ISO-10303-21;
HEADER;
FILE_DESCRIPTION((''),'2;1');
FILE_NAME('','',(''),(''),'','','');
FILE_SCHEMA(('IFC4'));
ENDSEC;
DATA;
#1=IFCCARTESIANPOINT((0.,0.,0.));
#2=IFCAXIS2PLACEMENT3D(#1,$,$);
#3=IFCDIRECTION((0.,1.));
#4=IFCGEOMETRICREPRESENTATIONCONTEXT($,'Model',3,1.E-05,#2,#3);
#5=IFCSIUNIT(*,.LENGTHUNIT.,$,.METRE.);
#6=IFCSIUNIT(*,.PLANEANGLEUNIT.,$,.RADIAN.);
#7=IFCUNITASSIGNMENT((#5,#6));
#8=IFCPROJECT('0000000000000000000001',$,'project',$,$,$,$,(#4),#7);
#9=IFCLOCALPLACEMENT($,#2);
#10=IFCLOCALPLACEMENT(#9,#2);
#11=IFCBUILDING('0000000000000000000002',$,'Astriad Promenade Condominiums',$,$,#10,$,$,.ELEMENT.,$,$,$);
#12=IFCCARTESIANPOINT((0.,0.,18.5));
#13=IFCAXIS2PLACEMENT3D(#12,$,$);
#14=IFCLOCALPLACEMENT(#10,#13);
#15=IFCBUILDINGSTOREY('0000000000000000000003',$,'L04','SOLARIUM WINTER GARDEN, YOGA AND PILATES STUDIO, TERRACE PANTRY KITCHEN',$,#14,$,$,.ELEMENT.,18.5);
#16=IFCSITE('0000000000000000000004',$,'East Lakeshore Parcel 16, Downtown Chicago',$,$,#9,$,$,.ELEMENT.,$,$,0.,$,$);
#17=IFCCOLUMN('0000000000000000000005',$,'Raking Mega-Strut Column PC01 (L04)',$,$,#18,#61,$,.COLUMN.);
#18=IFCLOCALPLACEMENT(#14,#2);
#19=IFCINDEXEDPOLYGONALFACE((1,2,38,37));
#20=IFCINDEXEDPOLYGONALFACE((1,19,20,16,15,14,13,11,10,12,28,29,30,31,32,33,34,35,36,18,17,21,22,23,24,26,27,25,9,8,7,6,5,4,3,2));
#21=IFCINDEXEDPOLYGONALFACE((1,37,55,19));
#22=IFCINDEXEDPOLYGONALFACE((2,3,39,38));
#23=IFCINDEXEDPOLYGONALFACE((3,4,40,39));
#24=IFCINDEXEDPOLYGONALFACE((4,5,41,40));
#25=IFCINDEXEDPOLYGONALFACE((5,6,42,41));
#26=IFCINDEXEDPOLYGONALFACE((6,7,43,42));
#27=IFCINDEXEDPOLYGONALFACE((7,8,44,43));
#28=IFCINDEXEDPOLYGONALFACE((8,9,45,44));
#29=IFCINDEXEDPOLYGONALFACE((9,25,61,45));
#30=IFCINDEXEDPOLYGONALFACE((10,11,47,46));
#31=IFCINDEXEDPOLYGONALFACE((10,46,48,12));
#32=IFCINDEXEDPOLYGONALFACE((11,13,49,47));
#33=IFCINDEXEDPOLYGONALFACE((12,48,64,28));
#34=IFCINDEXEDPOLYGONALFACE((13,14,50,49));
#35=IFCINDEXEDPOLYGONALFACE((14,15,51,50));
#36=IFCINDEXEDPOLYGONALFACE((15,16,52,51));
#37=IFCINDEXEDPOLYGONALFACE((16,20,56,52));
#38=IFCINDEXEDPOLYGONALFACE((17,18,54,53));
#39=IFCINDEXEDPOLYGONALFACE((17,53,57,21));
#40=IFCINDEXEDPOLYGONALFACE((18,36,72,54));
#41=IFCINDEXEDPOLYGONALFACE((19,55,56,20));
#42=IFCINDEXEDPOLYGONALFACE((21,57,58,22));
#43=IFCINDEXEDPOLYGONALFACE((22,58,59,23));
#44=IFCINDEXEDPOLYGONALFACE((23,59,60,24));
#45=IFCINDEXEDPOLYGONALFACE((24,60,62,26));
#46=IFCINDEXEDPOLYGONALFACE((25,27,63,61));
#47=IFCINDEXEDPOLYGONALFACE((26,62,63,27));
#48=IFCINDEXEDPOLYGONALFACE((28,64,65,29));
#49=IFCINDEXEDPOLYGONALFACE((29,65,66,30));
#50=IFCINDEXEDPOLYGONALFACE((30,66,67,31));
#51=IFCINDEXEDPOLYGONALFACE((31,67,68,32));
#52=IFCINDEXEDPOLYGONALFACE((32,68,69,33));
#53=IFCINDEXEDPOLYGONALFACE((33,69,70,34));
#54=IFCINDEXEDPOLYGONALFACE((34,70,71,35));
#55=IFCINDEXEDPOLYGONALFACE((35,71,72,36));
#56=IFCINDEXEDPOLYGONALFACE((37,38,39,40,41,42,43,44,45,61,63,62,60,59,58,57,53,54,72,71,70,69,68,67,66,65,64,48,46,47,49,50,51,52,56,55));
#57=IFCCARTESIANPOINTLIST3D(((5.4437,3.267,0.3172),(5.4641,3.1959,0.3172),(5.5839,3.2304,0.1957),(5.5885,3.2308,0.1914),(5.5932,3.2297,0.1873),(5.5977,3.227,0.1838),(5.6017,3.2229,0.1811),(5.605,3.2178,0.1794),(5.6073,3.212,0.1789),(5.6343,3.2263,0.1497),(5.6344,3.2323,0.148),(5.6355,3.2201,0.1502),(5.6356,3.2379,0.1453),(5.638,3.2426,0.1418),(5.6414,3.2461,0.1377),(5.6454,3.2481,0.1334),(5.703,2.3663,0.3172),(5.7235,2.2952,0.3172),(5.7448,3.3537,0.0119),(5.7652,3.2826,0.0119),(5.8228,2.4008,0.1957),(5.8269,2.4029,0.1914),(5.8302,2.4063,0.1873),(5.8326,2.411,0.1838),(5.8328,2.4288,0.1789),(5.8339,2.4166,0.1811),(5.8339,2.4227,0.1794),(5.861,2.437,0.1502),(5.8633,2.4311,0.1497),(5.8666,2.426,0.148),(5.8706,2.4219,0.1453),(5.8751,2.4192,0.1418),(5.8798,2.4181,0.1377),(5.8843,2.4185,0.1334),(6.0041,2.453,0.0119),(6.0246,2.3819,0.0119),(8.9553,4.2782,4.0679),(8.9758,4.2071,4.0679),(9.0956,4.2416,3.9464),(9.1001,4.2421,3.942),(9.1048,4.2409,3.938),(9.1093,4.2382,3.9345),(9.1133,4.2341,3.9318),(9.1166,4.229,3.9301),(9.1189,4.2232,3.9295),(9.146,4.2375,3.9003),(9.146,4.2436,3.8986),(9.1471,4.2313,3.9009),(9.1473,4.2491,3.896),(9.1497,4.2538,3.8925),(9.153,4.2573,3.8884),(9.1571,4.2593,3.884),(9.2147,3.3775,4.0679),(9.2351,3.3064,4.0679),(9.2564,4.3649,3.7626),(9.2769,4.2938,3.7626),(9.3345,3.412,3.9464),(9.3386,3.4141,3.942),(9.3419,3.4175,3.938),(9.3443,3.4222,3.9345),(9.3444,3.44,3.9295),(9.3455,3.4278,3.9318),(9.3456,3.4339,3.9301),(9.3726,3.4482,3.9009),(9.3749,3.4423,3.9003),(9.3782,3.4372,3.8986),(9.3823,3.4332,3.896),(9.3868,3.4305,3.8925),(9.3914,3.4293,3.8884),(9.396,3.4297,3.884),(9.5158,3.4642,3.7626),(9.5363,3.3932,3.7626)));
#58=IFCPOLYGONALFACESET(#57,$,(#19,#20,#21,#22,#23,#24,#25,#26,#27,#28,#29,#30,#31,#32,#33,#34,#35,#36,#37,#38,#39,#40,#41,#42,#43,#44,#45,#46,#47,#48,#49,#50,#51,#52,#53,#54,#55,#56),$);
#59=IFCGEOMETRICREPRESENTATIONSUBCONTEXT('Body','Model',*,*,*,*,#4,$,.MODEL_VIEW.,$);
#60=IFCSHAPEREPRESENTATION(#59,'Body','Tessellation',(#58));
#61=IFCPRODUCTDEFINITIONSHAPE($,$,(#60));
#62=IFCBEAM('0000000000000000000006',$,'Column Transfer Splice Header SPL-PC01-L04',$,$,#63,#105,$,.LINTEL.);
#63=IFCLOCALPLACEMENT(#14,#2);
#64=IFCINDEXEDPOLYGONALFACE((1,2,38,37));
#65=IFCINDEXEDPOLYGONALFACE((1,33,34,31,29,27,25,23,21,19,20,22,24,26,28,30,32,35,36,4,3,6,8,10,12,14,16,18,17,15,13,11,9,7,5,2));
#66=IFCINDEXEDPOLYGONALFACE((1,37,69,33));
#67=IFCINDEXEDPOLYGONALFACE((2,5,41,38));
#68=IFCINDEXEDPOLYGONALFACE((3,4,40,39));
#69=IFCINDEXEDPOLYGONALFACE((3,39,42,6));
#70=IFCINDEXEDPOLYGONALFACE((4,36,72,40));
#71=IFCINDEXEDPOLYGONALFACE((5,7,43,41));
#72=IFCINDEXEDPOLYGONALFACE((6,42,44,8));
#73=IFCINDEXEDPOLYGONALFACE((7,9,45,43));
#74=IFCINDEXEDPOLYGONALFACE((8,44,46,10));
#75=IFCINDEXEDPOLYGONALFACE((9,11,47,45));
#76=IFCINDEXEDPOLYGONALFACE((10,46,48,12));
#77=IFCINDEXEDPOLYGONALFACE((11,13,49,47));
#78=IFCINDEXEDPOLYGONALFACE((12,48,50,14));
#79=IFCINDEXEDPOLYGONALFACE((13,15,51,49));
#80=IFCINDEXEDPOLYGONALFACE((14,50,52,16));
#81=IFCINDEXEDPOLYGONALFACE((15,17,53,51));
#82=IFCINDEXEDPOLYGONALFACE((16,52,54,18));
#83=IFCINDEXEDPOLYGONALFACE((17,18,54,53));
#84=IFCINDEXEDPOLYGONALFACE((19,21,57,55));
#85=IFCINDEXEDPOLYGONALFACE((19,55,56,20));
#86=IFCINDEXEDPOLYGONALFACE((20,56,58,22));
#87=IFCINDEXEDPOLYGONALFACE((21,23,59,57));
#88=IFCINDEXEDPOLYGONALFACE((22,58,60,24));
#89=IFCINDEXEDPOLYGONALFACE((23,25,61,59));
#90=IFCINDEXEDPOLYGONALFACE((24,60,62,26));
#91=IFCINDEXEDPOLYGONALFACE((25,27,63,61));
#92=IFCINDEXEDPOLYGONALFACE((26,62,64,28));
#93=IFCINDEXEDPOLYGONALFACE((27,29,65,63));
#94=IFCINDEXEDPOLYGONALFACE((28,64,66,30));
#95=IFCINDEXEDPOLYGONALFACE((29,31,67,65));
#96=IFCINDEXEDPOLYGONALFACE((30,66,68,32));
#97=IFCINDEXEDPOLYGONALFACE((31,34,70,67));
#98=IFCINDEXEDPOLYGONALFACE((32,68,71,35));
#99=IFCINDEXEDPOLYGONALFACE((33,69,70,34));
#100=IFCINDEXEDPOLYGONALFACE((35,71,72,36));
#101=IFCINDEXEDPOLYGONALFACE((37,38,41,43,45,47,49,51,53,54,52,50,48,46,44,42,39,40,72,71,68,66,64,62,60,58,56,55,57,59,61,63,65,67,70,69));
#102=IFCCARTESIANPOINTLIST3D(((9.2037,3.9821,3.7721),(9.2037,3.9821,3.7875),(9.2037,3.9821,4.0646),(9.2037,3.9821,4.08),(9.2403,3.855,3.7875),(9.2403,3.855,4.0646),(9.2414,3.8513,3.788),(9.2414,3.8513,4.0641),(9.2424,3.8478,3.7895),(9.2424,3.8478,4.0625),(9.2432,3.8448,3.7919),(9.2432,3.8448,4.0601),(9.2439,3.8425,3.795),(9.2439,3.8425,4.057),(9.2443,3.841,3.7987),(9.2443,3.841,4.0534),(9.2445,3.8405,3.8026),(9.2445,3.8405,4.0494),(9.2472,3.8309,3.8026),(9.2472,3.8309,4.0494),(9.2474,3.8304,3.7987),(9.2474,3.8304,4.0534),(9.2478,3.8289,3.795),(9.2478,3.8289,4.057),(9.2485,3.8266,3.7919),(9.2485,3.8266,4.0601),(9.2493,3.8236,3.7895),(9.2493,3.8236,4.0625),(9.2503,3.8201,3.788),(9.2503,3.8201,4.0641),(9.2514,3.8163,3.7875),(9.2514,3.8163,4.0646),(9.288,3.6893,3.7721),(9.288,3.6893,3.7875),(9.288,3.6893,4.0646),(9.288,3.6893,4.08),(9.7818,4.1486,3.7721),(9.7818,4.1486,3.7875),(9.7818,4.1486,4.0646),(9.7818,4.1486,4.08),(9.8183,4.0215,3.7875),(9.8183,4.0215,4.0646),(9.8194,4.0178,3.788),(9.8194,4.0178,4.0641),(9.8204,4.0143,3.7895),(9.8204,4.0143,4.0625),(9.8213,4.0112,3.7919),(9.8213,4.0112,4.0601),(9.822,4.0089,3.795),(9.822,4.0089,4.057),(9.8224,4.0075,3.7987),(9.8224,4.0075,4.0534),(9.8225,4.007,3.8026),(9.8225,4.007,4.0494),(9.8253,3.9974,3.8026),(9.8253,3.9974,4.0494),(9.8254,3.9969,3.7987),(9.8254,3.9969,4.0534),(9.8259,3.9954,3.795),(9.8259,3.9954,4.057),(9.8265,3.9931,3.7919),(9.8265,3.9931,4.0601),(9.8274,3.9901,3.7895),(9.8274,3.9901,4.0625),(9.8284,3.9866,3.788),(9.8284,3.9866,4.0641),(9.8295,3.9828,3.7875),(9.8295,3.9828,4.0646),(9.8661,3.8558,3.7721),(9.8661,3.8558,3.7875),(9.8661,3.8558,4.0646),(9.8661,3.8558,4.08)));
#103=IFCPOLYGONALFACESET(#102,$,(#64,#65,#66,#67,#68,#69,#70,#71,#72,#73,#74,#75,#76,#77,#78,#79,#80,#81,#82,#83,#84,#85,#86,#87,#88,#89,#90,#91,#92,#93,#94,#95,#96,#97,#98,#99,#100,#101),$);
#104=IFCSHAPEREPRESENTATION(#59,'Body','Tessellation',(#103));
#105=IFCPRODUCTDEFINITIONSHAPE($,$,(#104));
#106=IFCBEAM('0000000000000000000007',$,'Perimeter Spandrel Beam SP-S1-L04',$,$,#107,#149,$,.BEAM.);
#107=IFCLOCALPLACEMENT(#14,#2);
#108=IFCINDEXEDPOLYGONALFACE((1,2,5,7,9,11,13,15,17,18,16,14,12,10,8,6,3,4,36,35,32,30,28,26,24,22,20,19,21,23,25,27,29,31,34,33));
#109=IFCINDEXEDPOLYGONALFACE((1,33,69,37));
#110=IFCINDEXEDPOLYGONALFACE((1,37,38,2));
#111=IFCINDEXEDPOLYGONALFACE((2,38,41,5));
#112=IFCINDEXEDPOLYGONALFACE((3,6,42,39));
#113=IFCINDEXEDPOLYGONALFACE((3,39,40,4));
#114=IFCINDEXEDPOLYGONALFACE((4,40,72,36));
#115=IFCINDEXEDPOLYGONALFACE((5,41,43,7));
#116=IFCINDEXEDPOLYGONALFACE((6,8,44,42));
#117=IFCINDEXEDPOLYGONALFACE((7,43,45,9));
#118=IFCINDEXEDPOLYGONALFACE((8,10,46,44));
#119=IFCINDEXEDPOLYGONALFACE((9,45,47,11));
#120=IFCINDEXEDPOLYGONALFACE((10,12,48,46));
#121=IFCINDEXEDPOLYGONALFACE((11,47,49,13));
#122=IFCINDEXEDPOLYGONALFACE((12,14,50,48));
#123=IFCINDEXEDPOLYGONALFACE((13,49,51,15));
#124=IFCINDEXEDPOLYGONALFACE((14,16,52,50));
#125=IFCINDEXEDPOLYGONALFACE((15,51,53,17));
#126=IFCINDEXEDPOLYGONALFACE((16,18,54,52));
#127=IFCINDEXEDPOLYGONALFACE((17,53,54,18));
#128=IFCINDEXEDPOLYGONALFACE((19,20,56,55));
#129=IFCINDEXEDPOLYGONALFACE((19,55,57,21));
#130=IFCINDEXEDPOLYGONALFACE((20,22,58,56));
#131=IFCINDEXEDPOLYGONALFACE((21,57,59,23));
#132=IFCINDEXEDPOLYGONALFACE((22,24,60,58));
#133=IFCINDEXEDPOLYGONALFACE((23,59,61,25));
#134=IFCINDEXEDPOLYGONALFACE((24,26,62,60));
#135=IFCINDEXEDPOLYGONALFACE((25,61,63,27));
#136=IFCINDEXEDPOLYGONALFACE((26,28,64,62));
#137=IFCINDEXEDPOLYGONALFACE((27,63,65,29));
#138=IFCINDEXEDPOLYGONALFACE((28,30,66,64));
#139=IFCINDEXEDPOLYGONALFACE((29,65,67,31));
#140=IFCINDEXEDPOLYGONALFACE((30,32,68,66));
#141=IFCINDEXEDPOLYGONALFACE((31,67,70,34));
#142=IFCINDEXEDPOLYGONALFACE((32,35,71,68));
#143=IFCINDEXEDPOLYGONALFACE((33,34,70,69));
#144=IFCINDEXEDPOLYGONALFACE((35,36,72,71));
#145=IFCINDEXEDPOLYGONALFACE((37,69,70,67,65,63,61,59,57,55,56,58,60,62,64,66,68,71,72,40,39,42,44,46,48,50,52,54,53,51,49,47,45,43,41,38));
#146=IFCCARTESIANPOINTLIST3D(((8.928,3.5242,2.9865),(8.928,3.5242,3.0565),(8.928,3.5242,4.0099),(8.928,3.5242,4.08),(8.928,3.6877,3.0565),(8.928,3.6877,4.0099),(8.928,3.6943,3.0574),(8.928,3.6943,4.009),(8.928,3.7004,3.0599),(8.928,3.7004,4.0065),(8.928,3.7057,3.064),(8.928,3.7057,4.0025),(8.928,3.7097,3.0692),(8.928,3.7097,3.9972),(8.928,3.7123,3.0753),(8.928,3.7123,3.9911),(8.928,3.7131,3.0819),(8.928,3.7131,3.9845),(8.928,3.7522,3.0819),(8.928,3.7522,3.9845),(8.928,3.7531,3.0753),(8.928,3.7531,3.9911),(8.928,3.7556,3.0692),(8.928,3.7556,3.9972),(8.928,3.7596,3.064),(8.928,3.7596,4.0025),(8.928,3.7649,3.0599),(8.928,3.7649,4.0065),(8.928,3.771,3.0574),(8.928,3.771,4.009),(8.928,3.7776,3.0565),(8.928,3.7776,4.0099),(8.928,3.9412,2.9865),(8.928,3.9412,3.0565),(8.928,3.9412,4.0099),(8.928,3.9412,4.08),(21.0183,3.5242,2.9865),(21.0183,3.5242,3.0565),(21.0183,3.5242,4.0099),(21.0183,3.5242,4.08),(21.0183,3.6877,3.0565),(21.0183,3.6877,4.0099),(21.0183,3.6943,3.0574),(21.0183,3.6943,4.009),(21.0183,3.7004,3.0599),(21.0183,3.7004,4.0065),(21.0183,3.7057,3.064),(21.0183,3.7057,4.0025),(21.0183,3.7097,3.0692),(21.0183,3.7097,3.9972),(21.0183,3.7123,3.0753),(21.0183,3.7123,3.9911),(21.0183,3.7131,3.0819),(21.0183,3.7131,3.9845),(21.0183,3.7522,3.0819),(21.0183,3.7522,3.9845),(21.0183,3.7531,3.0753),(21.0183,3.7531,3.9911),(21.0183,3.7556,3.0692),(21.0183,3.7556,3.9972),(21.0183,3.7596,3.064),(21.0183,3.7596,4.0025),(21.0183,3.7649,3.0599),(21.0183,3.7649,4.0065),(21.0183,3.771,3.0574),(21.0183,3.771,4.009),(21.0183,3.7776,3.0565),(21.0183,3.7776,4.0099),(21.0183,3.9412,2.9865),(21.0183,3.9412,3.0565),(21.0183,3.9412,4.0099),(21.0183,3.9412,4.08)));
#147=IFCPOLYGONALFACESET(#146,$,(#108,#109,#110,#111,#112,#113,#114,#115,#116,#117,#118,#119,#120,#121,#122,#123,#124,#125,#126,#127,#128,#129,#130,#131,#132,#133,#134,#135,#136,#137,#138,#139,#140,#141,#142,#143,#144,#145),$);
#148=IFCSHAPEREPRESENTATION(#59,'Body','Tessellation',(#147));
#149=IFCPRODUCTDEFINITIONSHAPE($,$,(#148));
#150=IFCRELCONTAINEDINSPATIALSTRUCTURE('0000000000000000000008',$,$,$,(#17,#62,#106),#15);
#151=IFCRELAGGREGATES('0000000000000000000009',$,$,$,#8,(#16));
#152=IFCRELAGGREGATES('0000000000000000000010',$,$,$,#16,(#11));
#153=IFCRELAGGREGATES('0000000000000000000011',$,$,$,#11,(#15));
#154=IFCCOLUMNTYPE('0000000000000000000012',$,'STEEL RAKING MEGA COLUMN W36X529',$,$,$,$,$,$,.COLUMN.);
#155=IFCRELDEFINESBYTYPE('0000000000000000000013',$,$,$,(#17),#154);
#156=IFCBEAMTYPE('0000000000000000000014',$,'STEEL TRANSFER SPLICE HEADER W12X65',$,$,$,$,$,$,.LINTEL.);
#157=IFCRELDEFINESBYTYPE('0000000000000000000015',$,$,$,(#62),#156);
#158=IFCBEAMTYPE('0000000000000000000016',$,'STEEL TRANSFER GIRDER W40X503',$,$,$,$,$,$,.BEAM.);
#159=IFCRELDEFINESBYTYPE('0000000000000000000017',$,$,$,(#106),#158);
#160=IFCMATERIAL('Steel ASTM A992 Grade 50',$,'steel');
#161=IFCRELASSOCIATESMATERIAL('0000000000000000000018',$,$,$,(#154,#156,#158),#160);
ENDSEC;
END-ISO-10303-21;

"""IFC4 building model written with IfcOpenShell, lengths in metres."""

from ifc_helpers import new_model, si_unit, direction, frame, origin, origin_2d, place, context, subcontext, project, spatial, i_section, extrude, source, transform, mapped, material, material_profile, profile_set, type_object, type_shapes, element, save


model = new_model("IFC4")

# Units and contexts
model_context = context("Model", 3, precision=1e-05, world=origin(), true_north=direction((0.0, 1.0)))
body_context = subcontext(model_context, "Body", "Model", "MODEL_VIEW")
ifc_project = project(units=[si_unit("LENGTHUNIT", "METRE"), si_unit("PLANEANGLEUNIT", "RADIAN")], contexts=[model_context])

# Site, building, storey
site_placement = place(None, origin())
site = spatial("IfcSite", under=ifc_project, at=site_placement, Name="East Lakeshore Parcel 16, Downtown Chicago", CompositionType="ELEMENT", RefElevation=0.0)
building_placement = place(site_placement, origin())
building = spatial("IfcBuilding", under=site, at=building_placement, Name="Astriad Promenade Condominiums", CompositionType="ELEMENT")
storey_placement = place(building_placement, frame((0.0, 0.0, 18.5)))
storey = spatial("IfcBuildingStorey", under=building, at=storey_placement, Name="L04", Description="SOLARIUM WINTER GARDEN, YOGA AND PILATES STUDIO, TERRACE PANTRY KITCHEN", CompositionType="ELEMENT", Elevation=18.5)

# Column
ifc_material_1 = material(Name="Steel ASTM A992 Grade 50", Category="steel")
ifc_material_profile_1 = material_profile(ifc_material_1, i_section(OverallWidth=0.4375, OverallDepth=1.0112, WebThickness=0.041, FlangeThickness=0.074, FilletRadius=0.0242, at=origin_2d()), Name="W36X529")
ifc_profile_set_1 = profile_set([ifc_material_profile_1], Name="Steel ASTM A992 Grade 50")
column_type = type_object("IfcColumnType", Name="STEEL RAKING MEGA COLUMN W36X529", PredefinedType="COLUMN", material=ifc_profile_set_1)
shared_shape_1 = source(origin(), body_context, "Body", "SweptSolid", [
    extrude(i_section(OverallWidth=0.4375, OverallDepth=1.0112, WebThickness=0.041, FlangeThickness=0.074, FilletRadius=0.0242, at=origin_2d()), origin(), (0.0, 0.0, 1.0), 5.2366),
])
type_shapes(column_type, [shared_shape_1])
column_placement = place(storey_placement, frame((5.7341, 2.8245, 0.1646), z_axis=(0.670601, 0.193106, 0.716243), x_axis=(-0.688276, -0.198195, 0.697851)))
element("IfcColumn", 1, at=column_placement, inside=storey, type_object=column_type, Name="Raking Mega-Strut Column PC01 (L04)", PredefinedType="COLUMN", context=body_context, shape_type="MappedRepresentation", body=[
    mapped(shared_shape_1, transform((0.0, 0.0, 0.0), scale=1.0)),
])

# Beams
ifc_material_profile_2 = material_profile(ifc_material_1, i_section(OverallWidth=0.3047, OverallDepth=0.3079, WebThickness=0.01, FlangeThickness=0.0154, FilletRadius=0.0151, at=origin_2d()), Name="W12X65")
ifc_profile_set_2 = profile_set([ifc_material_profile_2], Name="Steel ASTM A992 Grade 50")
beam_type_1 = type_object("IfcBeamType", Name="STEEL TRANSFER SPLICE HEADER W12X65", PredefinedType="LINTEL", material=ifc_profile_set_2)
shared_shape_2 = source(origin(), body_context, "Body", "SweptSolid", [
    extrude(i_section(OverallWidth=0.3047, OverallDepth=0.3079, WebThickness=0.01, FlangeThickness=0.0154, FilletRadius=0.0151, at=origin_2d()), origin(), (0.0, 0.0, 1.0), 0.6016),
])
type_shapes(beam_type_1, [shared_shape_2])
beam_1_placement = place(storey_placement, frame((9.2458, 3.8357, 3.926), z_axis=(0.96094, 0.276757, 0.0), x_axis=(-0.276757, 0.96094, 0.0)))
element("IfcBeam", 2, at=beam_1_placement, inside=storey, type_object=beam_type_1, Name="Column Transfer Splice Header SPL-PC01-L04", PredefinedType="LINTEL", context=body_context, shape_type="MappedRepresentation", body=[
    mapped(shared_shape_2, transform((0.0, 0.0, 0.0), scale=1.0)),
])
ifc_material_profile_3 = material_profile(ifc_material_1, i_section(OverallWidth=0.417, OverallDepth=1.0935, WebThickness=0.0391, FlangeThickness=0.0701, FilletRadius=0.0254, at=origin_2d()), Name="W40X503")
ifc_profile_set_3 = profile_set([ifc_material_profile_3], Name="Steel ASTM A992 Grade 50")
beam_type_2 = type_object("IfcBeamType", Name="STEEL TRANSFER GIRDER W40X503", PredefinedType="BEAM", material=ifc_profile_set_3)
shared_shape_3 = source(origin(), body_context, "Body", "SweptSolid", [
    extrude(i_section(OverallWidth=0.417, OverallDepth=1.0935, WebThickness=0.0391, FlangeThickness=0.0701, FilletRadius=0.0254, at=origin_2d()), origin(), (0.0, 0.0, 1.0), 12.0903),
])
type_shapes(beam_type_2, [shared_shape_3])
beam_2_placement = place(storey_placement, frame((8.928, 3.7327, 3.5332), z_axis=(1.0, 0.0, 0.0), x_axis=(0.0, 1.0, 0.0)))
element("IfcBeam", 3, at=beam_2_placement, inside=storey, type_object=beam_type_2, Name="Perimeter Spandrel Beam SP-S1-L04", PredefinedType="BEAM", context=body_context, shape_type="MappedRepresentation", body=[
    mapped(shared_shape_3, transform((0.0, 0.0, 0.0), scale=1.0)),
])

save(model, "model.ifc")
